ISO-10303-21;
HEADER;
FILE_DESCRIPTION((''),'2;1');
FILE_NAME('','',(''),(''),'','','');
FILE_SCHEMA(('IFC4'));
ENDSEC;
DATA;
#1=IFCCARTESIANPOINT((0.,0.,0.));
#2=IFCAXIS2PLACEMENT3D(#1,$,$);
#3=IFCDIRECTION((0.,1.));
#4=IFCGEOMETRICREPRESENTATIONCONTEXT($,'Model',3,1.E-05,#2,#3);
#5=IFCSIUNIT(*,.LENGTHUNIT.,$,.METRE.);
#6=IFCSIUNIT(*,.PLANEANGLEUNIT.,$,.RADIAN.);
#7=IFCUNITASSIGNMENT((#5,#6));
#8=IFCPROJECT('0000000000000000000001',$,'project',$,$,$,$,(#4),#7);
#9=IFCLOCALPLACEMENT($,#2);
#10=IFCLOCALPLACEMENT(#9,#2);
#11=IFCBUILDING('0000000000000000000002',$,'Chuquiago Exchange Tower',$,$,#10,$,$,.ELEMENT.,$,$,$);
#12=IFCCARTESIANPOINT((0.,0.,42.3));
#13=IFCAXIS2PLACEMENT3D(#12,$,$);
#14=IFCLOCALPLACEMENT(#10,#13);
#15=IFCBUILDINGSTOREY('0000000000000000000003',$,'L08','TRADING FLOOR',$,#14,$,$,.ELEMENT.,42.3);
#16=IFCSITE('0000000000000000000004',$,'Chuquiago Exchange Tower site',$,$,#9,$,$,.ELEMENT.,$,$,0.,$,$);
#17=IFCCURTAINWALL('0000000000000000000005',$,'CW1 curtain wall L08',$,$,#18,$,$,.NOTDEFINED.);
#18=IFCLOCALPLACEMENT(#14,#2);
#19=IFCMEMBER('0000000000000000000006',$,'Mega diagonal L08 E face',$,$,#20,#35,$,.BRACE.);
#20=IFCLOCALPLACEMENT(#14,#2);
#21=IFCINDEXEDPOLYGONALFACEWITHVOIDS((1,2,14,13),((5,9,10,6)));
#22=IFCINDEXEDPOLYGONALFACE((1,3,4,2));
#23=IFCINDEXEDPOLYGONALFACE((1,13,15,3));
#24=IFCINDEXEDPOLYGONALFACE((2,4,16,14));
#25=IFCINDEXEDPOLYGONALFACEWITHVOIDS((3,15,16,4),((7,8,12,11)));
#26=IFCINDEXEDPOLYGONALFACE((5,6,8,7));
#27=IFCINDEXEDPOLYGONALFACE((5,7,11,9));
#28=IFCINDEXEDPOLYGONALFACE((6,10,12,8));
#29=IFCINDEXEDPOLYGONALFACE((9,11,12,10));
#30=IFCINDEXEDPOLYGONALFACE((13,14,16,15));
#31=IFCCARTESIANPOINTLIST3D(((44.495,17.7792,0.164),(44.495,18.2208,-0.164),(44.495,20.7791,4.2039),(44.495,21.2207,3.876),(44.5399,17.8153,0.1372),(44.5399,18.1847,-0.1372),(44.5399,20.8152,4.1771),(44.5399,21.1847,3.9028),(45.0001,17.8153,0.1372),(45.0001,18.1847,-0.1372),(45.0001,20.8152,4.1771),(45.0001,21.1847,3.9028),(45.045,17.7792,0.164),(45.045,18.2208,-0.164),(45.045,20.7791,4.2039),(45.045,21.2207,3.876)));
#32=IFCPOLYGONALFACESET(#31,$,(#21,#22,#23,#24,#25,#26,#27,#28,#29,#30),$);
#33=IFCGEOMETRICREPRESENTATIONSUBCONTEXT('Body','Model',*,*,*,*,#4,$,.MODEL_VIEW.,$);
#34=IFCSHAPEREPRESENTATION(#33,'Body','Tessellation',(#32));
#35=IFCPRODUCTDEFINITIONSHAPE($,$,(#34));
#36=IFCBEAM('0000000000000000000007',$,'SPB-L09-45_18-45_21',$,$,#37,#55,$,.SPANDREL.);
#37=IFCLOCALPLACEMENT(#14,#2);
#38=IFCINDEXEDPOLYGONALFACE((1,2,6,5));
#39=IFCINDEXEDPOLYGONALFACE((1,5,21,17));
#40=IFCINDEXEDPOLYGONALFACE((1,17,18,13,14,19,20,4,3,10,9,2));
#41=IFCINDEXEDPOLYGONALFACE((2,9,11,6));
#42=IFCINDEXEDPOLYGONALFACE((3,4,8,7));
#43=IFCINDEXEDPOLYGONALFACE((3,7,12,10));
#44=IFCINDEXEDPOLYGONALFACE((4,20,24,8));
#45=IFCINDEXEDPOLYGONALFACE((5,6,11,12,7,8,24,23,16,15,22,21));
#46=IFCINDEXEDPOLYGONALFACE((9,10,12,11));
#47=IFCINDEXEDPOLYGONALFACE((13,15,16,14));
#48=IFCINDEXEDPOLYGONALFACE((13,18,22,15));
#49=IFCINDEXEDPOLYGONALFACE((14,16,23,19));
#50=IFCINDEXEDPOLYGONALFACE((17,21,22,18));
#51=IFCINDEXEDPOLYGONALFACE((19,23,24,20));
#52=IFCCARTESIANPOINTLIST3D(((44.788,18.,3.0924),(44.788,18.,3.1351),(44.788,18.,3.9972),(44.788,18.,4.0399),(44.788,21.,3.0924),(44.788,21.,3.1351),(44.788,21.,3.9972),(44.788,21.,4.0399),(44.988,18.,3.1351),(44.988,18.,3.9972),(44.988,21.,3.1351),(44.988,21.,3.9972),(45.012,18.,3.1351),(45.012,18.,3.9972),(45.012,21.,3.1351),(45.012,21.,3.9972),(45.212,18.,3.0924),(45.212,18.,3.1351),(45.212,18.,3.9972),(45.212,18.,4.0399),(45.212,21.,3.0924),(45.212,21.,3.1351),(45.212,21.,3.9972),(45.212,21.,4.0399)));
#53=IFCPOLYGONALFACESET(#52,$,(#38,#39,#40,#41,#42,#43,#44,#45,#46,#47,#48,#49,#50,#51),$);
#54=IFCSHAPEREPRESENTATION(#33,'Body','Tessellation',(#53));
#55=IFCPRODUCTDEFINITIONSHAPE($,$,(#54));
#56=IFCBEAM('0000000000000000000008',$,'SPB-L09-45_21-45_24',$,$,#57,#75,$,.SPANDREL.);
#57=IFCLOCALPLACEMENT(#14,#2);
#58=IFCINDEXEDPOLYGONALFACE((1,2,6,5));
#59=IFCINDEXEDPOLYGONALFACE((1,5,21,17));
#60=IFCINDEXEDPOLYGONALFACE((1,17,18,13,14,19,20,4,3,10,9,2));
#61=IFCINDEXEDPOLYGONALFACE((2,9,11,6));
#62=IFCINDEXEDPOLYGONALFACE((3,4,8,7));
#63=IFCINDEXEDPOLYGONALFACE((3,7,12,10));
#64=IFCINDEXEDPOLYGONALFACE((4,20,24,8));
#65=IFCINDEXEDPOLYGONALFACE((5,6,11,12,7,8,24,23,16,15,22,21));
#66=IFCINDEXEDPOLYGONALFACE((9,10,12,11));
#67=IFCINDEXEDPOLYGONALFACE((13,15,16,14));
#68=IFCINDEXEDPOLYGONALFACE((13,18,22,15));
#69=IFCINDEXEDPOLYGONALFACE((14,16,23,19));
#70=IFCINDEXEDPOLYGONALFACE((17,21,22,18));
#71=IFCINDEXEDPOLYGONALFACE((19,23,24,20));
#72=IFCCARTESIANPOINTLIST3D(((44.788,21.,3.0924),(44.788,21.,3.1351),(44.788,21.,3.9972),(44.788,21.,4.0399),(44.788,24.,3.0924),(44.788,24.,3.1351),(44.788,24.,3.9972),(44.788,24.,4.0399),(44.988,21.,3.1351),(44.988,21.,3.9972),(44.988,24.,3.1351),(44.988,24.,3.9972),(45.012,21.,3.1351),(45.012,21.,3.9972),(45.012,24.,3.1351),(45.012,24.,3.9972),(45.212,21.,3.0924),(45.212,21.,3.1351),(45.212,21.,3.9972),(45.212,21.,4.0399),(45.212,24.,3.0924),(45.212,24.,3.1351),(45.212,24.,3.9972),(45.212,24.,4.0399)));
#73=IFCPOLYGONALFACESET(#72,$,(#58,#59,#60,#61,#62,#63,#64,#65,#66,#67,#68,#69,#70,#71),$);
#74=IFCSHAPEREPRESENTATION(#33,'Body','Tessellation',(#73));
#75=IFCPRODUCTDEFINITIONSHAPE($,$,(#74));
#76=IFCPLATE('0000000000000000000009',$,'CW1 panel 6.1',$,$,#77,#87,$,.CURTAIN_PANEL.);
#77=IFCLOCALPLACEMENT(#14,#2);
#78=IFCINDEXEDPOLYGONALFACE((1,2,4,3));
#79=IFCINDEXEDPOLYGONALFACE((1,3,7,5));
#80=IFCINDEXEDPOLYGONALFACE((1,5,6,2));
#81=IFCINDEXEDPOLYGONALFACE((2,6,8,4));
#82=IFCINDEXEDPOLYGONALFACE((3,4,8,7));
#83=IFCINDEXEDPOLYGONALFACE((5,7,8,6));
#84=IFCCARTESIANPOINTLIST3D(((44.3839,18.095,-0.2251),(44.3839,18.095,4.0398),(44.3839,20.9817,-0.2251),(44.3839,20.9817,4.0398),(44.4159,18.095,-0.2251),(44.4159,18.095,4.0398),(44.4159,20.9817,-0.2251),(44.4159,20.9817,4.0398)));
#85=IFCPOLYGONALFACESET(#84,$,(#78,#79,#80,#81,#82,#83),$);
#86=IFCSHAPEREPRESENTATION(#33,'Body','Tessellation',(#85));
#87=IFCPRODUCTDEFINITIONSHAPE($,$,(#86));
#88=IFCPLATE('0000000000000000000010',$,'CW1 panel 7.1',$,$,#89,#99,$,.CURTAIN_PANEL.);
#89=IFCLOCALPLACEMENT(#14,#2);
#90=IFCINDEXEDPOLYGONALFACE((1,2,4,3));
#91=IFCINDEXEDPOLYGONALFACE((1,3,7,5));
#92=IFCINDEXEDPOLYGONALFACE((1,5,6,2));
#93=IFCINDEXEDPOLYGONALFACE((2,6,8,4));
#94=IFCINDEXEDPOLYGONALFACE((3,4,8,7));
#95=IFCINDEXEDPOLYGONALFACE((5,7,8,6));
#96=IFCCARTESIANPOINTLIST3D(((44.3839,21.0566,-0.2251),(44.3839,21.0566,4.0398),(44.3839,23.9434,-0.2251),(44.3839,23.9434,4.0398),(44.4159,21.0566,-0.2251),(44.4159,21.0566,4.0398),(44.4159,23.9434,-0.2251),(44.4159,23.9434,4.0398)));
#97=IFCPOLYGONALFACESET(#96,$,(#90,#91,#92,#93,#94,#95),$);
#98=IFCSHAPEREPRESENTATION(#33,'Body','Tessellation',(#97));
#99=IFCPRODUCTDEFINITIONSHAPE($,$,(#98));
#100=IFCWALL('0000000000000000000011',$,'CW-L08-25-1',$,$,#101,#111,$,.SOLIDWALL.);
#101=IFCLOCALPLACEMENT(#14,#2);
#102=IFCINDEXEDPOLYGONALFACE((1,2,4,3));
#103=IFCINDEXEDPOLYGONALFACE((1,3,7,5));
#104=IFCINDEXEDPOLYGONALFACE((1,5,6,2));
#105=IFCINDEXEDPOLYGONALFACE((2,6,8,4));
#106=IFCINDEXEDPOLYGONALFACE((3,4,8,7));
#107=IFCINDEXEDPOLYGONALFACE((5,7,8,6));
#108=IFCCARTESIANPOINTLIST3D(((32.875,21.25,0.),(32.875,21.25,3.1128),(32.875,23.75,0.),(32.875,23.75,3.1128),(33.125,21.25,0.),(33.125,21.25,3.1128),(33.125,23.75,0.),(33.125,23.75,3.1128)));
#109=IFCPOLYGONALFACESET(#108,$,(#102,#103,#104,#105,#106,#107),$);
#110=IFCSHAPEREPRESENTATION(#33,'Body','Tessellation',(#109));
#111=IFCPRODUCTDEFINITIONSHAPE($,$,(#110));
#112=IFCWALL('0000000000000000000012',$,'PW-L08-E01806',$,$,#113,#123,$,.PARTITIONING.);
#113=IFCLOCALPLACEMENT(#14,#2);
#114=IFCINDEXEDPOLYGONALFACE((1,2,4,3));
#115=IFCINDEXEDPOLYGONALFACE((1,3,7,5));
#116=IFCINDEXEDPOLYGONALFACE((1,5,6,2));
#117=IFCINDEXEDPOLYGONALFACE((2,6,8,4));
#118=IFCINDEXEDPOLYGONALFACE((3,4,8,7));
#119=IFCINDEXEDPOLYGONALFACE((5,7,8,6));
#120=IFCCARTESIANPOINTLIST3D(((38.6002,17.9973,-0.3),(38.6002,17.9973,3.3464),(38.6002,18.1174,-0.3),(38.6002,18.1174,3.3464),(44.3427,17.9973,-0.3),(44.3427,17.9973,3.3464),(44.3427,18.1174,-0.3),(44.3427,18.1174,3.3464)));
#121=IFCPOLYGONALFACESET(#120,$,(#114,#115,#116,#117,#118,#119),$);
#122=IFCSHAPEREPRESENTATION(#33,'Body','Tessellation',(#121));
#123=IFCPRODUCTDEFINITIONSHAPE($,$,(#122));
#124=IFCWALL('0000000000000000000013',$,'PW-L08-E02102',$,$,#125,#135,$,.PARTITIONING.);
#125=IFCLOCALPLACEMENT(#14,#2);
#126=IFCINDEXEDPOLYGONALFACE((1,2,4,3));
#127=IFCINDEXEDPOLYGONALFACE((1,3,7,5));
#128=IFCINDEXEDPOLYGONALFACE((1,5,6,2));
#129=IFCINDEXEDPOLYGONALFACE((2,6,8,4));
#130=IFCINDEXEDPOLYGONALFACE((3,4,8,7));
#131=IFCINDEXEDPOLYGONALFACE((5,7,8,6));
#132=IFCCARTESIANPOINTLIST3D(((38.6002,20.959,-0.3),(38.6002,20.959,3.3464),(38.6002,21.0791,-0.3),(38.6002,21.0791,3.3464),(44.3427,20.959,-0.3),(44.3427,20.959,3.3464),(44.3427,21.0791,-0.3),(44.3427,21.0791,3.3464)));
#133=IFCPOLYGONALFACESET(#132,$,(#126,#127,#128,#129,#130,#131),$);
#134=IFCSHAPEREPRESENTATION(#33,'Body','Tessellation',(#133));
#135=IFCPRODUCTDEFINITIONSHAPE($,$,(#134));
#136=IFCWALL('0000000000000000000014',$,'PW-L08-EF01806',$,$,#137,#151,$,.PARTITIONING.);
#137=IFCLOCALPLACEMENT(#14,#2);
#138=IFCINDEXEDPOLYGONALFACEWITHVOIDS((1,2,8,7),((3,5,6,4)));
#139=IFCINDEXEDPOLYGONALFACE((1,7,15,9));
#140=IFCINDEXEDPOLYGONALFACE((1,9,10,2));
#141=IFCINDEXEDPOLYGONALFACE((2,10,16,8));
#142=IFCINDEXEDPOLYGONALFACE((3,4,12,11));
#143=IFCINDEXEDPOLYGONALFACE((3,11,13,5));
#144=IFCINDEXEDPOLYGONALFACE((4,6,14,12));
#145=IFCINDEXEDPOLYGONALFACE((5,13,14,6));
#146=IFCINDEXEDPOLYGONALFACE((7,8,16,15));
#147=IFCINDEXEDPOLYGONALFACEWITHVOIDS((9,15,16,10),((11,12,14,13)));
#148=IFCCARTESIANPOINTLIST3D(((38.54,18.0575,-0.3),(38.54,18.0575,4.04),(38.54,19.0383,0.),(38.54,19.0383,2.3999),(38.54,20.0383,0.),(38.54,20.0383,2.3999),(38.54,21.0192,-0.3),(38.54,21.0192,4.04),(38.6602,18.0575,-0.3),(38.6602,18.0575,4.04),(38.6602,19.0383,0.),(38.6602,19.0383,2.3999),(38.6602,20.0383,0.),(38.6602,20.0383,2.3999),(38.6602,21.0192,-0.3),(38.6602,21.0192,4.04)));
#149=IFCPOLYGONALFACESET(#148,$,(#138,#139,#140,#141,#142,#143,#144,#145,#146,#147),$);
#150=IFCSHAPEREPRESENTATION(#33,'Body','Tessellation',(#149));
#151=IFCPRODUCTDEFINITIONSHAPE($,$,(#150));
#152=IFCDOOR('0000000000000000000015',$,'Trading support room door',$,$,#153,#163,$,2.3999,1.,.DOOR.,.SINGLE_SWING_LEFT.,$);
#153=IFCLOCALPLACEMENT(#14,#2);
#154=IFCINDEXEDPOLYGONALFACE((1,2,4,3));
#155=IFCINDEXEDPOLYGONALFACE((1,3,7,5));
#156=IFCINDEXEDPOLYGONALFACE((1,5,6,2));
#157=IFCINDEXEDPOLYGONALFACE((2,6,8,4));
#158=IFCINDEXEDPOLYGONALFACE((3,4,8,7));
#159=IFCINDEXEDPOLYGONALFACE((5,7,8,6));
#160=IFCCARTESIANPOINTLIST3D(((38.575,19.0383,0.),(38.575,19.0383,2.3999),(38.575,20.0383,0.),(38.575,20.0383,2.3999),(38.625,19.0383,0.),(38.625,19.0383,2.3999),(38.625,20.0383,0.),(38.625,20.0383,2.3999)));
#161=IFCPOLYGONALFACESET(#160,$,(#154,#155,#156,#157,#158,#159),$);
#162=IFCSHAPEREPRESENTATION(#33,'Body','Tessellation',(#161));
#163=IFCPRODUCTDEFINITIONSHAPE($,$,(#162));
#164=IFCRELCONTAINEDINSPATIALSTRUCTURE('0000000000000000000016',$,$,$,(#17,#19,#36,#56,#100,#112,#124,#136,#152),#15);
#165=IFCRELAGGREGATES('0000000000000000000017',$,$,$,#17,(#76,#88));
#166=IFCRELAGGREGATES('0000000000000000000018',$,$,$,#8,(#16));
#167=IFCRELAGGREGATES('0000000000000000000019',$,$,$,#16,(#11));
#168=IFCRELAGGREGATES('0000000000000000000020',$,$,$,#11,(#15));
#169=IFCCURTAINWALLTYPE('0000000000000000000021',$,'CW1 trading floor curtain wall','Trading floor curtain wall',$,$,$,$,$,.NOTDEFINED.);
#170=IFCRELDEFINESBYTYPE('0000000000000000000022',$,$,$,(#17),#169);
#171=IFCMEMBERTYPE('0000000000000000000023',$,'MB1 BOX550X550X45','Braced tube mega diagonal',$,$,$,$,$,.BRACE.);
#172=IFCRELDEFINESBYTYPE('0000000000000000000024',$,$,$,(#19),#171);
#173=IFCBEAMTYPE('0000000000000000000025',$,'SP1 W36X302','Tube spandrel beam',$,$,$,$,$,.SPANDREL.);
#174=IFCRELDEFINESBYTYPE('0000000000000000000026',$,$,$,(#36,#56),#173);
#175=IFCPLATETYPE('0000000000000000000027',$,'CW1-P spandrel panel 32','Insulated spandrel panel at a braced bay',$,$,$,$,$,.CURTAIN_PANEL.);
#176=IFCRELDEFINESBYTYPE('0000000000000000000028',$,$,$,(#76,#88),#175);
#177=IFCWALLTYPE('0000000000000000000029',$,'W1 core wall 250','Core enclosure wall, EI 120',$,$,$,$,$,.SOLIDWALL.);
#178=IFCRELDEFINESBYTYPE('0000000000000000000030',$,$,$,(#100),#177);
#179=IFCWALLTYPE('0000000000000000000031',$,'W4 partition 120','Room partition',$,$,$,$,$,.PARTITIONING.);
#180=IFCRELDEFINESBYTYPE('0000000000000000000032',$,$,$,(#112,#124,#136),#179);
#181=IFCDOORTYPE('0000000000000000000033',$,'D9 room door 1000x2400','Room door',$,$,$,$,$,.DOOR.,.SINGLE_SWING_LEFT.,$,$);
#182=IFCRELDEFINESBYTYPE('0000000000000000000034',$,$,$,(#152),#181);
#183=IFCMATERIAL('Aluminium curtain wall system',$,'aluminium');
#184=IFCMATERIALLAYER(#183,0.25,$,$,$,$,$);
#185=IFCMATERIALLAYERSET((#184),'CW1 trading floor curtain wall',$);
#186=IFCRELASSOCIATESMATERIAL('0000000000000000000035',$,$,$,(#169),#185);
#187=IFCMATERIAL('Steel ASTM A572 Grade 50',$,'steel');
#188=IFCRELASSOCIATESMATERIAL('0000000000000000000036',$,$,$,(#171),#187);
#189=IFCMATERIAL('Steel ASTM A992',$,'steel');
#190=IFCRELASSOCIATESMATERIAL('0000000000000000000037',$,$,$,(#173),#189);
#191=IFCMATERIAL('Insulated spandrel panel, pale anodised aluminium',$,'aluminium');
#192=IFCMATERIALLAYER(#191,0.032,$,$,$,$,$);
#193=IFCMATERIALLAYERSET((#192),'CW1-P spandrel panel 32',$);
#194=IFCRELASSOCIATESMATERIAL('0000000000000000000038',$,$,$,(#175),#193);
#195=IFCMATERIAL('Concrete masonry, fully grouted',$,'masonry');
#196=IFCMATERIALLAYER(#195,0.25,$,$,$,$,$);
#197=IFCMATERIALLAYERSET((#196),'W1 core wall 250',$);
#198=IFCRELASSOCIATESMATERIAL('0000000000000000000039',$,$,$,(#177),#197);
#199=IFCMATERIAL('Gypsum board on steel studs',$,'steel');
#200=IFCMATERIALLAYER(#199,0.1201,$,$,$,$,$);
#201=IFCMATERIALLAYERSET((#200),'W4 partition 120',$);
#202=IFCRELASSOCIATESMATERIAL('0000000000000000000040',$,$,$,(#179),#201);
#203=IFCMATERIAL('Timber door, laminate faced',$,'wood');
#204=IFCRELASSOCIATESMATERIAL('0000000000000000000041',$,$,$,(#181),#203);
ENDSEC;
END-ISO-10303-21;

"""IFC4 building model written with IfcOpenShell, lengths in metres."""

from ifc_helpers import new_model, si_unit, direction, frame, frame_2d, origin, origin_2d, place, context, subcontext, project, spatial, rectangle, hollow_rectangle, i_section, extrude, material, layer, layer_set, material_profile, profile_set, type_object, element, fill, aggregate, save


model = new_model("IFC4")

# Units and contexts
model_context = context("Model", 3, precision=1e-05, world=origin(), true_north=direction((0.0, 1.0)))
body_context = subcontext(model_context, "Body", "Model", "MODEL_VIEW")
ifc_project = project(units=[si_unit("LENGTHUNIT", "METRE"), si_unit("PLANEANGLEUNIT", "RADIAN")], contexts=[model_context])

# Site, building, storey
site_placement = place(None, origin())
site = spatial("IfcSite", under=ifc_project, at=site_placement, Name="Chuquiago Exchange Tower site", CompositionType="ELEMENT", RefElevation=0.0)
building_placement = place(site_placement, origin())
building = spatial("IfcBuilding", under=site, at=building_placement, Name="Chuquiago Exchange Tower", CompositionType="ELEMENT")
storey_placement = place(building_placement, frame((0.0, 0.0, 42.3)))
storey = spatial("IfcBuildingStorey", under=building, at=storey_placement, Name="L08", Description="TRADING FLOOR", CompositionType="ELEMENT", Elevation=42.3)

# Curtain wall
ifc_material_1 = material(Name="Aluminium curtain wall system", Category="aluminium")
ifc_layer_1 = layer(ifc_material_1, 0.25)
ifc_layer_set_1 = layer_set([ifc_layer_1], Name="CW1 trading floor curtain wall")
curtain_wall_type = type_object("IfcCurtainWallType", Name="CW1 trading floor curtain wall", Description="Trading floor curtain wall", PredefinedType="NOTDEFINED", material=ifc_layer_set_1)
curtain_wall_placement = place(storey_placement, origin())
curtain_wall = element("IfcCurtainWall", 1, at=curtain_wall_placement, inside=storey, type_object=curtain_wall_type, Name="CW1 curtain wall L08", PredefinedType="NOTDEFINED")

# Member
ifc_material_2 = material(Name="Steel ASTM A572 Grade 50", Category="steel")
ifc_material_profile_1 = material_profile(ifc_material_2, hollow_rectangle(XDim=0.55, YDim=0.55, WallThickness=0.0449, at=origin_2d()), Name="BOX550X550X45")
ifc_profile_set_1 = profile_set([ifc_material_profile_1], Name="Steel ASTM A572 Grade 50")
member_type_1 = type_object("IfcMemberType", Name="MB1 BOX550X550X45", Description="Braced tube mega diagonal", PredefinedType="BRACE", material=ifc_profile_set_1)
member_1_placement = place(storey_placement, frame((44.77, 18.0, 0.0), z_axis=(0.0, 0.596174, 0.802855), x_axis=(-1.0, 0.0, 0.0)))
element("IfcMember", 2, at=member_1_placement, inside=storey, type_object=member_type_1, Name="Mega diagonal L08 E face", PredefinedType="BRACE", context=body_context, shape_type="SweptSolid", body=[
    extrude(hollow_rectangle(XDim=0.55, YDim=0.55, WallThickness=0.0449, at=origin_2d()), origin(), (0.0, 0.0, 1.0), 5.032),
])

# Beams
ifc_material_3 = material(Name="Steel ASTM A992", Category="steel")
ifc_material_profile_2 = material_profile(ifc_material_3, i_section(OverallWidth=0.4241, OverallDepth=0.9475, WebThickness=0.0239, FlangeThickness=0.0427, at=origin_2d()), Name="W36X302")
ifc_profile_set_2 = profile_set([ifc_material_profile_2], Name="Steel ASTM A992")
beam_type_1 = type_object("IfcBeamType", Name="SP1 W36X302", Description="Tube spandrel beam", PredefinedType="SPANDREL", material=ifc_profile_set_2)
for number, where, z_axis, x_axis, name in (
    (3, (45.0, 18.0, 3.5662), (0.0, 1.0, 0.0), (-1.0, 0.0, 0.0), "SPB-L09-45_18-45_21"),
    (4, (45.0, 21.0, 3.5662), (0.0, 1.0, 0.0), (-1.0, 0.0, 0.0), "SPB-L09-45_21-45_24"),
):
    element("IfcBeam", number, at=place(storey_placement, frame(where, z_axis=z_axis, x_axis=x_axis)), inside=storey, type_object=beam_type_1, Name=name, PredefinedType="SPANDREL", context=body_context, shape_type="SweptSolid", body=[
        extrude(i_section(OverallWidth=0.4241, OverallDepth=0.9475, WebThickness=0.0239, FlangeThickness=0.0427, at=origin_2d()), origin(), (0.0, 0.0, 1.0), 3.0),
    ])

# Plates
ifc_material_4 = material(Name="Insulated spandrel panel, pale anodised aluminium", Category="aluminium")
ifc_layer_2 = layer(ifc_material_4, 0.032)
ifc_layer_set_2 = layer_set([ifc_layer_2], Name="CW1-P spandrel panel 32")
plate_type = type_object("IfcPlateType", Name="CW1-P spandrel panel 32", Description="Insulated spandrel panel at a braced bay", PredefinedType="CURTAIN_PANEL", material=ifc_layer_set_2)
plate_1_placement = place(storey_placement, frame((44.3999, 19.5383, -0.2251), z_axis=(0.0, 0.0, 1.0), x_axis=(0.0, 1.0, 0.0)))
plate_1 = element("IfcPlate", 5, at=plate_1_placement, type_object=plate_type, Name="CW1 panel 6.1", PredefinedType="CURTAIN_PANEL", context=body_context, shape_type="SweptSolid", body=[
    extrude(rectangle(XDim=2.8867, YDim=0.032, at=origin_2d()), origin(), (0.0, 0.0, 1.0), 4.2649),
])
plate_2_placement = place(storey_placement, frame((44.3999, 22.5, -0.2251), z_axis=(0.0, 0.0, 1.0), x_axis=(0.0, 1.0, 0.0)))
plate_2 = element("IfcPlate", 6, at=plate_2_placement, type_object=plate_type, Name="CW1 panel 7.1", PredefinedType="CURTAIN_PANEL", context=body_context, shape_type="SweptSolid", body=[
    extrude(rectangle(XDim=2.8867, YDim=0.032, at=origin_2d()), origin(), (0.0, 0.0, 1.0), 4.2649),
])
aggregate(curtain_wall, [plate_1, plate_2])

# Walls
ifc_material_5 = material(Name="Concrete masonry, fully grouted", Category="masonry")
ifc_layer_3 = layer(ifc_material_5, 0.25)
ifc_layer_set_3 = layer_set([ifc_layer_3], Name="W1 core wall 250")
wall_type_1 = type_object("IfcWallType", Name="W1 core wall 250", Description="Core enclosure wall, EI 120", PredefinedType="SOLIDWALL", material=ifc_layer_set_3)
wall_1_placement = place(storey_placement, frame((33.0, 21.25, 0.0), z_axis=(0.0, 0.0, 1.0), x_axis=(0.0, 1.0, 0.0)))
element("IfcWall", 7, at=wall_1_placement, inside=storey, type_object=wall_type_1, Name="CW-L08-25-1", PredefinedType="SOLIDWALL", context=body_context, shape_type="SweptSolid", body=[
    extrude(rectangle(XDim=2.5, YDim=0.25, at=frame_2d((1.25, 0.0))), origin(), (0.0, 0.0, 1.0), 3.1128),
])
ifc_material_6 = material(Name="Gypsum board on steel studs", Category="steel")
ifc_layer_4 = layer(ifc_material_6, 0.1201)
ifc_layer_set_4 = layer_set([ifc_layer_4], Name="W4 partition 120")
wall_type_2 = type_object("IfcWallType", Name="W4 partition 120", Description="Room partition", PredefinedType="PARTITIONING", material=ifc_layer_set_4)
for number, where, z_axis, x_axis, name in (
    (8, (44.3425, 18.0574, -0.3), (0.0, 0.0, 1.0), (-1.0, 0.0, 0.0), "PW-L08-E01806"),
    (9, (44.3425, 21.019, -0.3), (0.0, 0.0, 1.0), (-1.0, 0.0, 0.0), "PW-L08-E02102"),
):
    element("IfcWall", number, at=place(storey_placement, frame(where, z_axis=z_axis, x_axis=x_axis)), inside=storey, type_object=wall_type_2, Name=name, PredefinedType="PARTITIONING", context=body_context, shape_type="SweptSolid", body=[
        extrude(rectangle(XDim=5.7424, YDim=0.1201, at=frame_2d((2.8711, 0.0))), origin(), (0.0, 0.0, 1.0), 3.6465),
    ])

# Wall, opening, door
wall_2_placement = place(storey_placement, frame((38.6001, 18.0574, -0.3), z_axis=(0.0, 0.0, 1.0), x_axis=(0.0, 1.0, 0.0)))
wall_2 = element("IfcWall", 10, at=wall_2_placement, inside=storey, type_object=wall_type_2, Name="PW-L08-EF01806", PredefinedType="PARTITIONING", context=body_context, shape_type="SweptSolid", body=[
    extrude(rectangle(XDim=2.9617, YDim=0.1201, at=frame_2d((1.481, 0.0))), origin(), (0.0, 0.0, 1.0), 4.3401),
])
opening_1_placement = place(wall_2_placement, frame((0.981, 0.0, 0.3)))
opening_1 = element("IfcOpeningElement", 11, at=opening_1_placement, cuts=wall_2, PredefinedType="OPENING", context=body_context, shape_type="SweptSolid", body=[
    extrude(rectangle(XDim=1.0, YDim=2.3999, at=frame_2d((0.5, 1.2))), frame((0.0, 0.0701, 0.0), z_axis=(0.0, -1.0, 0.0), x_axis=(1.0, 0.0, 0.0)), (0.0, 0.0, 1.0), 0.1401),
])
ifc_material_7 = material(Name="Timber door, laminate faced", Category="wood")
door_type = type_object("IfcDoorType", Name="D9 room door 1000x2400", Description="Room door", OperationType="SINGLE_SWING_LEFT", PredefinedType="DOOR", material=ifc_material_7)
door_1_placement = place(opening_1_placement, frame((1.0, 0.0, 0.0), z_axis=(0.0, 0.0, 1.0), x_axis=(-1.0, 0.0, 0.0)))
door_1 = element("IfcDoor", 12, at=door_1_placement, inside=storey, type_object=door_type, Name="Trading support room door", OperationType="SINGLE_SWING_LEFT", OverallHeight=2.3999, OverallWidth=1.0, PredefinedType="DOOR", context=body_context, shape_type="SweptSolid", body=[
    extrude(rectangle(XDim=1.0, YDim=2.3999, at=frame_2d((0.5, 1.2))), frame((0.0, 0.0249, 0.0), z_axis=(0.0, -1.0, 0.0), x_axis=(1.0, 0.0, 0.0)), (0.0, 0.0, 1.0), 0.05),
])
fill(opening_1, door_1)

save(model, "model.ifc")
